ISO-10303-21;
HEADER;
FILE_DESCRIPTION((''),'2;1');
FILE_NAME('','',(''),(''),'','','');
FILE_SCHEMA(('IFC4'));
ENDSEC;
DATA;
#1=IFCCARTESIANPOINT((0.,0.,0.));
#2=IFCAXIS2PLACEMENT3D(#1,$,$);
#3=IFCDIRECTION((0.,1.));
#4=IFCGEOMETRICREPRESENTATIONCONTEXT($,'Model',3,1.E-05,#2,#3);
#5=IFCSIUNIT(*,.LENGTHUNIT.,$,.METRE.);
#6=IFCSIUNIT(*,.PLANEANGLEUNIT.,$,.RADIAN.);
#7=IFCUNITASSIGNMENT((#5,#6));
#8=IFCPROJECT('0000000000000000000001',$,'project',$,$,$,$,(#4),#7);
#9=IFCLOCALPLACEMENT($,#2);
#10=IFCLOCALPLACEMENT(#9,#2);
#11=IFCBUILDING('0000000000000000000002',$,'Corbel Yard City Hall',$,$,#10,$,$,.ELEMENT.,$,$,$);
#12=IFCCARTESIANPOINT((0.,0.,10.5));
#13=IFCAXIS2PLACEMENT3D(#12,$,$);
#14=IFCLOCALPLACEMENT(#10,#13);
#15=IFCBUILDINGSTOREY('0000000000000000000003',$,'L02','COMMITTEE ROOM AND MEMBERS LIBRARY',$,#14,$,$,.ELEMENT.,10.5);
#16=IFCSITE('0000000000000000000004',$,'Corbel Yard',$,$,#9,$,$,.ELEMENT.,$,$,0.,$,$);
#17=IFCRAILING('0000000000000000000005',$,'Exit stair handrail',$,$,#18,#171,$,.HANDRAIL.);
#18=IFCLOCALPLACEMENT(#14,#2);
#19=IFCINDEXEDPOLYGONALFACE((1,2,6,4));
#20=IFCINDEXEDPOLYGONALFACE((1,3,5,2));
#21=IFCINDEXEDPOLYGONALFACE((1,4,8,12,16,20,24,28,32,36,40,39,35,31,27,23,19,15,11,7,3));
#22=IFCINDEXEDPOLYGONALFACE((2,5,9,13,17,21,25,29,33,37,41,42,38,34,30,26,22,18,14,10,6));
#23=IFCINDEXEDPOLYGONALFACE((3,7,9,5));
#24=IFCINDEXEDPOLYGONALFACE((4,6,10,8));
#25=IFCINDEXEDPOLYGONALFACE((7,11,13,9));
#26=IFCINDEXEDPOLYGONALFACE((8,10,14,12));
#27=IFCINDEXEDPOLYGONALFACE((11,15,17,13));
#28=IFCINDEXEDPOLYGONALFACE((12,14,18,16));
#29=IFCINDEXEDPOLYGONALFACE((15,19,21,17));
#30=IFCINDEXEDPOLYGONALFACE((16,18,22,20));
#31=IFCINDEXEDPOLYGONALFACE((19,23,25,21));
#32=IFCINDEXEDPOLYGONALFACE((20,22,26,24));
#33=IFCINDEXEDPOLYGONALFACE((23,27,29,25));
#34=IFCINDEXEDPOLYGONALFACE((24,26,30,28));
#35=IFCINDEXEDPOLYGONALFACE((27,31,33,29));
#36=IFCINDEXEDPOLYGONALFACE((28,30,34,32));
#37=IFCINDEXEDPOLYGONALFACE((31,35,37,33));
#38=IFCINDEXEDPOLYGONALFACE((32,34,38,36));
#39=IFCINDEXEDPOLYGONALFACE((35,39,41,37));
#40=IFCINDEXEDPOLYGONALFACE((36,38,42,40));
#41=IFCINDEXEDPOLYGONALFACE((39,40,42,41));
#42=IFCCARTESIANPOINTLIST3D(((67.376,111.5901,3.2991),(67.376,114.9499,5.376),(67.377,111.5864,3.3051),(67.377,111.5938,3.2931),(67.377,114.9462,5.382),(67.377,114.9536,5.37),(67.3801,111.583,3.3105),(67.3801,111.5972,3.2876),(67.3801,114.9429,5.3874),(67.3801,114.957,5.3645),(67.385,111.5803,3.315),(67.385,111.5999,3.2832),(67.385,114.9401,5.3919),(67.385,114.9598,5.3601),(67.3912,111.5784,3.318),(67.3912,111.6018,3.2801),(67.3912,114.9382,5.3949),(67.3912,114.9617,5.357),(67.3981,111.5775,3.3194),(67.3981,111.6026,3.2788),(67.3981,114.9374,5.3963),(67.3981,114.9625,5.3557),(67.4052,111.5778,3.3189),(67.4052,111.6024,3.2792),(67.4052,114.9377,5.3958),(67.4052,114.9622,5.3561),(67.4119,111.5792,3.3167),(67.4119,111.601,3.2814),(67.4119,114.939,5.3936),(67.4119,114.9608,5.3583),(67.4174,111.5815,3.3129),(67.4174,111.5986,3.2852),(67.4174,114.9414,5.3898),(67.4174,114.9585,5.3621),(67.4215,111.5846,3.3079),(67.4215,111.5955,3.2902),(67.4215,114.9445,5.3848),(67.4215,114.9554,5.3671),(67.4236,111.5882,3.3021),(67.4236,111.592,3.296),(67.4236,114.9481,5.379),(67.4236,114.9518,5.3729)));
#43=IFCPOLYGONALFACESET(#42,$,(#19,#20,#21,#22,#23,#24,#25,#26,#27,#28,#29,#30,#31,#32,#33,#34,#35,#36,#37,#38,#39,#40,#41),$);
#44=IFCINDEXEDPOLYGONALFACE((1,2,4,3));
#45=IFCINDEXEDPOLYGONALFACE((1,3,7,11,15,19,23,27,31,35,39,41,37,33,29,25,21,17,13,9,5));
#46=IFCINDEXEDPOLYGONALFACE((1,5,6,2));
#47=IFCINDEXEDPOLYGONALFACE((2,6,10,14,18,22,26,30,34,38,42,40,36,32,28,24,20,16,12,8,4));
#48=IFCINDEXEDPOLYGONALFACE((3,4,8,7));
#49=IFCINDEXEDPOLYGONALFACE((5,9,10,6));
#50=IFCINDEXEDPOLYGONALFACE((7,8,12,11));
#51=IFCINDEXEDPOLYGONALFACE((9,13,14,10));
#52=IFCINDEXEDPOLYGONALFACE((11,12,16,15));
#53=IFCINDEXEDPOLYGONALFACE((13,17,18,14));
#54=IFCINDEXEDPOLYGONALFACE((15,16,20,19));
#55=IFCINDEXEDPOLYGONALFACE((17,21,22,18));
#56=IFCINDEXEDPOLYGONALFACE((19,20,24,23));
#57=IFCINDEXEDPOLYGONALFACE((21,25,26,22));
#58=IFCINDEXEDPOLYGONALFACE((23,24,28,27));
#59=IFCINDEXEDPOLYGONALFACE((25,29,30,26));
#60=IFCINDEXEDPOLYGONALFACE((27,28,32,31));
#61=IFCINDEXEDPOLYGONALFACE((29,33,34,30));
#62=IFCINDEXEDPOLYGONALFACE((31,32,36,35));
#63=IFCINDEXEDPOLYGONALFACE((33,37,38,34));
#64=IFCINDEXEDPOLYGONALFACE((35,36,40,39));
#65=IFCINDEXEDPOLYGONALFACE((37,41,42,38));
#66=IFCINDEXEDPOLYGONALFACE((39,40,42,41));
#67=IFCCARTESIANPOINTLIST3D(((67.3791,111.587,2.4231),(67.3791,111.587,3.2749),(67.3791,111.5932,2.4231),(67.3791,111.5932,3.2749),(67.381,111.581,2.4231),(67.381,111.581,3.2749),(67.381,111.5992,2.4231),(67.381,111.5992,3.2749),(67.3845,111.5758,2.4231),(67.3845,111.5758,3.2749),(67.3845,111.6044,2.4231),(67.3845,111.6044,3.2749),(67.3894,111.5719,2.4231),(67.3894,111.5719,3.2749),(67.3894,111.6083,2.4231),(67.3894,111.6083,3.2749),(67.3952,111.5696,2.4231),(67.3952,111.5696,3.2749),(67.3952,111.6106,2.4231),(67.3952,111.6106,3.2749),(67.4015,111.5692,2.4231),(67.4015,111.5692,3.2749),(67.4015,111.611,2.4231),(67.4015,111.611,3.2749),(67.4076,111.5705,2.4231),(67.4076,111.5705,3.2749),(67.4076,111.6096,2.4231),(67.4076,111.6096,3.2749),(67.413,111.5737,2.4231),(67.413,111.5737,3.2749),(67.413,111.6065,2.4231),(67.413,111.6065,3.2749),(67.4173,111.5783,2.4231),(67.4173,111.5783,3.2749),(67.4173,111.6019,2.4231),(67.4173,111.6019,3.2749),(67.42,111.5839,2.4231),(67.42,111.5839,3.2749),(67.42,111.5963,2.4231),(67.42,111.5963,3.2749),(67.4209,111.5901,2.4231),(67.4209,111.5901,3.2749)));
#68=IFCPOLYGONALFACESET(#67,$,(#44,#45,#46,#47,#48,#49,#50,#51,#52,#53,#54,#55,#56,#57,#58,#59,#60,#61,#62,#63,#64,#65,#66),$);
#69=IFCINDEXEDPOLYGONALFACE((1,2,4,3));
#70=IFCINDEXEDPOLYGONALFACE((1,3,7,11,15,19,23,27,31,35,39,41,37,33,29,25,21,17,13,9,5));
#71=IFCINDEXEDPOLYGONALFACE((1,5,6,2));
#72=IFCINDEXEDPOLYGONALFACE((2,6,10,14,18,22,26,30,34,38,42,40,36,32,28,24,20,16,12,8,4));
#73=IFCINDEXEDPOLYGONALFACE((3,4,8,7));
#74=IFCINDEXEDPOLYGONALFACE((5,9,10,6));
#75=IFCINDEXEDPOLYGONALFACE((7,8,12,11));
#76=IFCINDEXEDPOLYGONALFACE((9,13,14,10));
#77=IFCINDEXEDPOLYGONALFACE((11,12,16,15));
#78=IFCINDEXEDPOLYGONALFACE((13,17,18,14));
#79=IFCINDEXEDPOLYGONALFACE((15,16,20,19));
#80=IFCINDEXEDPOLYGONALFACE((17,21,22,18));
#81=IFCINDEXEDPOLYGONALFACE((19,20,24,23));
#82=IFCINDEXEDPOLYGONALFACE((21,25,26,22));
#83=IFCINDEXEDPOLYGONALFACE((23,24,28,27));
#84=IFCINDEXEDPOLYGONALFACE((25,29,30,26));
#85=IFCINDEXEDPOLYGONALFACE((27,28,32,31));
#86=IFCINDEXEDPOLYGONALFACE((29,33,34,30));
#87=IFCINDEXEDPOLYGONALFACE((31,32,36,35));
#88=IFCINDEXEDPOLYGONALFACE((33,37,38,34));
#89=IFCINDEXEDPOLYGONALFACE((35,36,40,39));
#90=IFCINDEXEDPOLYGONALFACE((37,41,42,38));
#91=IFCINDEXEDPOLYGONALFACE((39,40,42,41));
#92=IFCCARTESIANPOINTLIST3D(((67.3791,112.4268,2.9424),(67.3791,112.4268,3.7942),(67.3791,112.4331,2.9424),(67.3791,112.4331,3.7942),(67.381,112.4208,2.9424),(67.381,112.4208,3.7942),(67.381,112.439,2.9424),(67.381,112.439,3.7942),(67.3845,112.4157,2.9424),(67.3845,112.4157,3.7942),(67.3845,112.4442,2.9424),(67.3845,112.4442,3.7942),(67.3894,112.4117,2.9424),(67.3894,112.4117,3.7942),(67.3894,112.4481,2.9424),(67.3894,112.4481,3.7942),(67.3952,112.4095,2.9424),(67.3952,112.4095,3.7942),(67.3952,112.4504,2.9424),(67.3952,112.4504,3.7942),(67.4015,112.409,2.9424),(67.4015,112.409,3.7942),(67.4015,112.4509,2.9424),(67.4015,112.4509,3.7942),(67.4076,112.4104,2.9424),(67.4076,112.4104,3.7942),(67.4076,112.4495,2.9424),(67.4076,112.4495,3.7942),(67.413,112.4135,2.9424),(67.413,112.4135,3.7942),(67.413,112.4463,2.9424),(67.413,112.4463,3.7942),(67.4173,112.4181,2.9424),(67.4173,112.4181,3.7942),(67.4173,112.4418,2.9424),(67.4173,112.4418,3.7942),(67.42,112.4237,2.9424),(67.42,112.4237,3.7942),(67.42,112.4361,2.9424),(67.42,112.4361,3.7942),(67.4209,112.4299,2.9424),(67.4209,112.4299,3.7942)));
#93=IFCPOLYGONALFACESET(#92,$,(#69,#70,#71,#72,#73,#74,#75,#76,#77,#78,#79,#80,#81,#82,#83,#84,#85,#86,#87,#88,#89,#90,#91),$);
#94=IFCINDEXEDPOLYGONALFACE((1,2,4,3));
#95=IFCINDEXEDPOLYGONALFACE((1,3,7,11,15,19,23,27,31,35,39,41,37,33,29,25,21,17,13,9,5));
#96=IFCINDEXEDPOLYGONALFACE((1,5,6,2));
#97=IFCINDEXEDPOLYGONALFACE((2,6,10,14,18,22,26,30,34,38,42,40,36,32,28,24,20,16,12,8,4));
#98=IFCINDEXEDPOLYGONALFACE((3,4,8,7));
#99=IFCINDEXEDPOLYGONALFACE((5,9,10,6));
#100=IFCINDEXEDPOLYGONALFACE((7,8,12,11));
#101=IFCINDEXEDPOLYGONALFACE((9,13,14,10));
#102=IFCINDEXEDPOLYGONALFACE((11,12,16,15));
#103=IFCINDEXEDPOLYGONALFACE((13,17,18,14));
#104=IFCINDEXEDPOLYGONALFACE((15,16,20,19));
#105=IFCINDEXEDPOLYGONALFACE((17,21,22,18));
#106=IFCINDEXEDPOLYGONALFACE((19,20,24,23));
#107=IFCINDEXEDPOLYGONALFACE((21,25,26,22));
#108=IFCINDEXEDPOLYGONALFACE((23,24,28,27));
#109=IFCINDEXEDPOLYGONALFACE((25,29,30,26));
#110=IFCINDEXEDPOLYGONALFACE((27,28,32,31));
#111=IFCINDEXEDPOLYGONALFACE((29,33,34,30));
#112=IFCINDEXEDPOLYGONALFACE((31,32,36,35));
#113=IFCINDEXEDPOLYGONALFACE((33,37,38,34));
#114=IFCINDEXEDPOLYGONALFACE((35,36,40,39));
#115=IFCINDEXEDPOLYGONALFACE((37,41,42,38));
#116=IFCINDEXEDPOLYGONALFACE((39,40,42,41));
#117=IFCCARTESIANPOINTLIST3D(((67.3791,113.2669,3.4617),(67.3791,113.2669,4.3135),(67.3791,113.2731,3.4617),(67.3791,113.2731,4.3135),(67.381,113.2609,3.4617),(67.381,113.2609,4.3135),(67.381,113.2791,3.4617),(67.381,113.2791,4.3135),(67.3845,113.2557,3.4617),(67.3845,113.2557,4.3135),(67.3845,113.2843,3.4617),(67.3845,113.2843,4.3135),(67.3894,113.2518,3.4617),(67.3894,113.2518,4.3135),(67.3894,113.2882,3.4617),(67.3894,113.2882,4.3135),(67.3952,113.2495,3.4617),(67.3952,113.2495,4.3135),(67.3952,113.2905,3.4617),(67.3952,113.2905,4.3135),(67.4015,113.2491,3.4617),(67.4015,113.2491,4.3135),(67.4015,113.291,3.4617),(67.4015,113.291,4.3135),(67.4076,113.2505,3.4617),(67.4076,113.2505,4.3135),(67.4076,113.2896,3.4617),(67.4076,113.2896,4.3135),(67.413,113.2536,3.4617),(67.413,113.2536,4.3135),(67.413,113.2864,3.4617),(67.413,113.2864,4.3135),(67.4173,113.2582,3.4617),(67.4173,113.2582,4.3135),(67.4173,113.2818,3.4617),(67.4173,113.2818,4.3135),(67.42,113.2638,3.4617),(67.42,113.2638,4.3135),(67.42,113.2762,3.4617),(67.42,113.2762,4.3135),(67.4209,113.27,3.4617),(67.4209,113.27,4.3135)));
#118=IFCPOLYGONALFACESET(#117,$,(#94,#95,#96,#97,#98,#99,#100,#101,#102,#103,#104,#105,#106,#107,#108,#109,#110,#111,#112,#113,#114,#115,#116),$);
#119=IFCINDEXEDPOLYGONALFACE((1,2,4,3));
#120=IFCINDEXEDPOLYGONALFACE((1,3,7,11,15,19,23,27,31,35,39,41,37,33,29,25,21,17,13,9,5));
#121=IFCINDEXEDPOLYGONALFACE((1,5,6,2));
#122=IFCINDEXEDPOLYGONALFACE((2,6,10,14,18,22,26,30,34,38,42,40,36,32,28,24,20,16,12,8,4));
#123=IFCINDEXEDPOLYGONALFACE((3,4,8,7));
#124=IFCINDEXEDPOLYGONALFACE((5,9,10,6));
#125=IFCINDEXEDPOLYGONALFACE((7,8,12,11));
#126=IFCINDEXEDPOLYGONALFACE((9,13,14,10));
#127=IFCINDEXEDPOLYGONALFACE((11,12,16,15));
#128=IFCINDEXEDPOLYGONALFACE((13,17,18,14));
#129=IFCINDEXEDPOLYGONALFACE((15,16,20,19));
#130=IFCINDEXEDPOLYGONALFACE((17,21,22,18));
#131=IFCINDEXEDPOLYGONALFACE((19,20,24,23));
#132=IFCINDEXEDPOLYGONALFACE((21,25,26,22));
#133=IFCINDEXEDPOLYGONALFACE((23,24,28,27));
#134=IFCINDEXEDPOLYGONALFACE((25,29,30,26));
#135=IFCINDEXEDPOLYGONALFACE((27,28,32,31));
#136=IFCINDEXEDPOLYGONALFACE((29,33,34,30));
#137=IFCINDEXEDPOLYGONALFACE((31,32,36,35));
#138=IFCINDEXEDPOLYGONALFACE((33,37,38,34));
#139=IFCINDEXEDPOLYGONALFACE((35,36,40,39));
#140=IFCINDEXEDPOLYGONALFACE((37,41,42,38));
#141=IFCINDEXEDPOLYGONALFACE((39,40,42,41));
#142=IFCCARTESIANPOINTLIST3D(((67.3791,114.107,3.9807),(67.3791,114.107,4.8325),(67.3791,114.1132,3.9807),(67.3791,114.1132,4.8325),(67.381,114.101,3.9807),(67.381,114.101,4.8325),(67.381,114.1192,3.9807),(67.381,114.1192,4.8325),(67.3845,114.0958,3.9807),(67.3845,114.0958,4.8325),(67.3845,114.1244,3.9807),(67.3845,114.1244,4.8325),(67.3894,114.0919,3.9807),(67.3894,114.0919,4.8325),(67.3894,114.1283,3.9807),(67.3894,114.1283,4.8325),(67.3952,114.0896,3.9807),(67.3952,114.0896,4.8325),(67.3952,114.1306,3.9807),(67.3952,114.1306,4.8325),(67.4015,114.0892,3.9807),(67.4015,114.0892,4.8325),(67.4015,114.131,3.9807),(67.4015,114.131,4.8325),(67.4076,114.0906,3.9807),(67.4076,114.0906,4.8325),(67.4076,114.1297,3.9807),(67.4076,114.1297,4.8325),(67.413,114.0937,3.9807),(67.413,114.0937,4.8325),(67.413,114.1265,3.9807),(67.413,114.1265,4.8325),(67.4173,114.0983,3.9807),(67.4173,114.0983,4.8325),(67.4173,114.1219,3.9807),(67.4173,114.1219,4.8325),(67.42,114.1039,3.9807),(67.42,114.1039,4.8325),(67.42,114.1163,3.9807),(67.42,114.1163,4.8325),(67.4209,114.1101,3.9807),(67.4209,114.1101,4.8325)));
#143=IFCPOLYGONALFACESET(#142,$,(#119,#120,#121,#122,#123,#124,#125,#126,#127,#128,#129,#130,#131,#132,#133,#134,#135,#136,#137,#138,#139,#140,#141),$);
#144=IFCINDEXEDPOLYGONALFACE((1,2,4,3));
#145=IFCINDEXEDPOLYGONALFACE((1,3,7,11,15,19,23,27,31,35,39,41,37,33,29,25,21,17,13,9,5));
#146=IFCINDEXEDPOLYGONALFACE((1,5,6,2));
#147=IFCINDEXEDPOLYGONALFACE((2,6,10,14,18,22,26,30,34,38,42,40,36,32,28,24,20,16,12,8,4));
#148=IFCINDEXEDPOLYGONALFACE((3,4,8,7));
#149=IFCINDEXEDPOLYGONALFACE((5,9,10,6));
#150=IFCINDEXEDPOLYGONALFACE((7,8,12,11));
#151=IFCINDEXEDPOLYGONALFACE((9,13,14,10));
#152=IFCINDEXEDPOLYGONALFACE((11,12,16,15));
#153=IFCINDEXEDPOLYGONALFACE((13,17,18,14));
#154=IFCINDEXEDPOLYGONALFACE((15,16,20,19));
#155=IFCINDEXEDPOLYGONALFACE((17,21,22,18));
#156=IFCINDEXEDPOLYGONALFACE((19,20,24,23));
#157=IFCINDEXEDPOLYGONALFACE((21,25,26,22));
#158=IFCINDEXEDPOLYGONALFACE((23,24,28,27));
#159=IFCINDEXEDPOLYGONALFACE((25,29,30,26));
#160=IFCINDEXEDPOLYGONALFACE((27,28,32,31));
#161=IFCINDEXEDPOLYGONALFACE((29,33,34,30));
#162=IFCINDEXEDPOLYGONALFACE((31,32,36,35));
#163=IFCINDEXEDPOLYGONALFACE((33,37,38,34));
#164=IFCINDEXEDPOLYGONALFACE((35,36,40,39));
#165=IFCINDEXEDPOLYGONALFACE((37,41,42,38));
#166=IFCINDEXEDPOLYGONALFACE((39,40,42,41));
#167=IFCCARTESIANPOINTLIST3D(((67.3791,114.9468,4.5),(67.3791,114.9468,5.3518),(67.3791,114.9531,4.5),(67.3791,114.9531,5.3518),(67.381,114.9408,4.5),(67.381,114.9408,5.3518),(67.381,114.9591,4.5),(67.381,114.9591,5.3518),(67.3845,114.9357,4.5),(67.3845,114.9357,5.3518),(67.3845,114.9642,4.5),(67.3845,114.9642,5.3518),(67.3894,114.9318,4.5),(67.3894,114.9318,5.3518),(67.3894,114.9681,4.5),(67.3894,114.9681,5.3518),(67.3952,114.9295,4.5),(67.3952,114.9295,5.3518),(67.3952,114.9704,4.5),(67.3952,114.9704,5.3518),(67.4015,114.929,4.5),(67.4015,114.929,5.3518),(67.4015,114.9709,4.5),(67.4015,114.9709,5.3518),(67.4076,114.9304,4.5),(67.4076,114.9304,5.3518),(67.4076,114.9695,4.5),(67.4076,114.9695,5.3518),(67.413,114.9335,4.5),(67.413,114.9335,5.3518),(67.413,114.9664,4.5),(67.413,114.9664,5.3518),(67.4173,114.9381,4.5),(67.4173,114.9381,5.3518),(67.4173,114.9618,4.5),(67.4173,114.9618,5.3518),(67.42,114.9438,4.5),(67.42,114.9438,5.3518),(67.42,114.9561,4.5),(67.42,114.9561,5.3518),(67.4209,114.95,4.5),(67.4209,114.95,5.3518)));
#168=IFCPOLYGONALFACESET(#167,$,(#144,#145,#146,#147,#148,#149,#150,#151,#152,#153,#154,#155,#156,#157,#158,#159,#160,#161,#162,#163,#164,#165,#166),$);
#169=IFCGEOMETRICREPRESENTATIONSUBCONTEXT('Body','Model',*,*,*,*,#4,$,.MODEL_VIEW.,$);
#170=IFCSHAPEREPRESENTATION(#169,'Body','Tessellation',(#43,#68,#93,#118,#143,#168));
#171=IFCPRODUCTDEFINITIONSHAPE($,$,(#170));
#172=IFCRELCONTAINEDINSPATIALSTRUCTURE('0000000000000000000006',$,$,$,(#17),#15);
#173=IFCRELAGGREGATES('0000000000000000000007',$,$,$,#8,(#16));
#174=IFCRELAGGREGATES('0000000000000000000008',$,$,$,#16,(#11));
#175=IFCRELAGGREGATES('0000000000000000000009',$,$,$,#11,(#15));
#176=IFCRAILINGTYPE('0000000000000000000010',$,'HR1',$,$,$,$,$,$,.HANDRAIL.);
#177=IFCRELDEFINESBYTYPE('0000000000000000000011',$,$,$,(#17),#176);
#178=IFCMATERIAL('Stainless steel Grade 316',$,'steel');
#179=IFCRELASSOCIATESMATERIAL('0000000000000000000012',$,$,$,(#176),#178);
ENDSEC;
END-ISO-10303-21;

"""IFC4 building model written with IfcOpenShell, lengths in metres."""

from ifc_helpers import new_model, si_unit, direction, frame, origin, origin_2d, place, context, subcontext, project, spatial, circle, extrude, material, type_object, element, save


model = new_model("IFC4")

# Units and contexts
model_context = context("Model", 3, precision=1e-05, world=origin(), true_north=direction((0.0, 1.0)))
body_context = subcontext(model_context, "Body", "Model", "MODEL_VIEW")
ifc_project = project(units=[si_unit("LENGTHUNIT", "METRE"), si_unit("PLANEANGLEUNIT", "RADIAN")], contexts=[model_context])

# Site, building, storey
site_placement = place(None, origin())
site = spatial("IfcSite", under=ifc_project, at=site_placement, Name="Corbel Yard", CompositionType="ELEMENT", RefElevation=0.0)
building_placement = place(site_placement, origin())
building = spatial("IfcBuilding", under=site, at=building_placement, Name="Corbel Yard City Hall", CompositionType="ELEMENT")
storey_placement = place(building_placement, frame((0.0, 0.0, 10.5)))
storey = spatial("IfcBuildingStorey", under=building, at=storey_placement, Name="L02", Description="COMMITTEE ROOM AND MEMBERS LIBRARY", CompositionType="ELEMENT", Elevation=10.5)

# Shared definitions
ifc_material_1 = material(Name="Stainless steel Grade 316", Category="steel")

# Railing
railing_type_1 = type_object("IfcRailingType", Name="HR1", PredefinedType="HANDRAIL", material=ifc_material_1)
for number, where, name in (
    (1, (67.3999, 111.5901, 2.4231), "Exit stair handrail"),
):
    element("IfcRailing", number, at=place(storey_placement, frame(where)), inside=storey, type_object=railing_type_1, Name=name, PredefinedType="HANDRAIL", context=body_context, shape_type="SweptSolid", body=[
        extrude(circle(Radius=0.0239, at=origin_2d()), frame((0.0, 0.0, 0.876), z_axis=(0.0, 0.850606, 0.525803), x_axis=(-1.0, 0.0, 0.0)), (0.0, 0.0, 1.0), 3.95),
        extrude(circle(Radius=0.021, at=origin_2d()), origin(), (0.0, 0.0, 1.0), 0.8518),
        extrude(circle(Radius=0.021, at=origin_2d()), frame((0.0, 0.8398, 0.5193)), (0.0, 0.0, 1.0), 0.8518),
        extrude(circle(Radius=0.021, at=origin_2d()), frame((0.0, 1.6799, 1.0386)), (0.0, 0.0, 1.0), 0.8518),
        extrude(circle(Radius=0.021, at=origin_2d()), frame((0.0, 2.52, 1.5576)), (0.0, 0.0, 1.0), 0.8518),
        extrude(circle(Radius=0.021, at=origin_2d()), frame((0.0, 3.3599, 2.0769)), (0.0, 0.0, 1.0), 0.8518),
    ])

save(model, "model.ifc")
